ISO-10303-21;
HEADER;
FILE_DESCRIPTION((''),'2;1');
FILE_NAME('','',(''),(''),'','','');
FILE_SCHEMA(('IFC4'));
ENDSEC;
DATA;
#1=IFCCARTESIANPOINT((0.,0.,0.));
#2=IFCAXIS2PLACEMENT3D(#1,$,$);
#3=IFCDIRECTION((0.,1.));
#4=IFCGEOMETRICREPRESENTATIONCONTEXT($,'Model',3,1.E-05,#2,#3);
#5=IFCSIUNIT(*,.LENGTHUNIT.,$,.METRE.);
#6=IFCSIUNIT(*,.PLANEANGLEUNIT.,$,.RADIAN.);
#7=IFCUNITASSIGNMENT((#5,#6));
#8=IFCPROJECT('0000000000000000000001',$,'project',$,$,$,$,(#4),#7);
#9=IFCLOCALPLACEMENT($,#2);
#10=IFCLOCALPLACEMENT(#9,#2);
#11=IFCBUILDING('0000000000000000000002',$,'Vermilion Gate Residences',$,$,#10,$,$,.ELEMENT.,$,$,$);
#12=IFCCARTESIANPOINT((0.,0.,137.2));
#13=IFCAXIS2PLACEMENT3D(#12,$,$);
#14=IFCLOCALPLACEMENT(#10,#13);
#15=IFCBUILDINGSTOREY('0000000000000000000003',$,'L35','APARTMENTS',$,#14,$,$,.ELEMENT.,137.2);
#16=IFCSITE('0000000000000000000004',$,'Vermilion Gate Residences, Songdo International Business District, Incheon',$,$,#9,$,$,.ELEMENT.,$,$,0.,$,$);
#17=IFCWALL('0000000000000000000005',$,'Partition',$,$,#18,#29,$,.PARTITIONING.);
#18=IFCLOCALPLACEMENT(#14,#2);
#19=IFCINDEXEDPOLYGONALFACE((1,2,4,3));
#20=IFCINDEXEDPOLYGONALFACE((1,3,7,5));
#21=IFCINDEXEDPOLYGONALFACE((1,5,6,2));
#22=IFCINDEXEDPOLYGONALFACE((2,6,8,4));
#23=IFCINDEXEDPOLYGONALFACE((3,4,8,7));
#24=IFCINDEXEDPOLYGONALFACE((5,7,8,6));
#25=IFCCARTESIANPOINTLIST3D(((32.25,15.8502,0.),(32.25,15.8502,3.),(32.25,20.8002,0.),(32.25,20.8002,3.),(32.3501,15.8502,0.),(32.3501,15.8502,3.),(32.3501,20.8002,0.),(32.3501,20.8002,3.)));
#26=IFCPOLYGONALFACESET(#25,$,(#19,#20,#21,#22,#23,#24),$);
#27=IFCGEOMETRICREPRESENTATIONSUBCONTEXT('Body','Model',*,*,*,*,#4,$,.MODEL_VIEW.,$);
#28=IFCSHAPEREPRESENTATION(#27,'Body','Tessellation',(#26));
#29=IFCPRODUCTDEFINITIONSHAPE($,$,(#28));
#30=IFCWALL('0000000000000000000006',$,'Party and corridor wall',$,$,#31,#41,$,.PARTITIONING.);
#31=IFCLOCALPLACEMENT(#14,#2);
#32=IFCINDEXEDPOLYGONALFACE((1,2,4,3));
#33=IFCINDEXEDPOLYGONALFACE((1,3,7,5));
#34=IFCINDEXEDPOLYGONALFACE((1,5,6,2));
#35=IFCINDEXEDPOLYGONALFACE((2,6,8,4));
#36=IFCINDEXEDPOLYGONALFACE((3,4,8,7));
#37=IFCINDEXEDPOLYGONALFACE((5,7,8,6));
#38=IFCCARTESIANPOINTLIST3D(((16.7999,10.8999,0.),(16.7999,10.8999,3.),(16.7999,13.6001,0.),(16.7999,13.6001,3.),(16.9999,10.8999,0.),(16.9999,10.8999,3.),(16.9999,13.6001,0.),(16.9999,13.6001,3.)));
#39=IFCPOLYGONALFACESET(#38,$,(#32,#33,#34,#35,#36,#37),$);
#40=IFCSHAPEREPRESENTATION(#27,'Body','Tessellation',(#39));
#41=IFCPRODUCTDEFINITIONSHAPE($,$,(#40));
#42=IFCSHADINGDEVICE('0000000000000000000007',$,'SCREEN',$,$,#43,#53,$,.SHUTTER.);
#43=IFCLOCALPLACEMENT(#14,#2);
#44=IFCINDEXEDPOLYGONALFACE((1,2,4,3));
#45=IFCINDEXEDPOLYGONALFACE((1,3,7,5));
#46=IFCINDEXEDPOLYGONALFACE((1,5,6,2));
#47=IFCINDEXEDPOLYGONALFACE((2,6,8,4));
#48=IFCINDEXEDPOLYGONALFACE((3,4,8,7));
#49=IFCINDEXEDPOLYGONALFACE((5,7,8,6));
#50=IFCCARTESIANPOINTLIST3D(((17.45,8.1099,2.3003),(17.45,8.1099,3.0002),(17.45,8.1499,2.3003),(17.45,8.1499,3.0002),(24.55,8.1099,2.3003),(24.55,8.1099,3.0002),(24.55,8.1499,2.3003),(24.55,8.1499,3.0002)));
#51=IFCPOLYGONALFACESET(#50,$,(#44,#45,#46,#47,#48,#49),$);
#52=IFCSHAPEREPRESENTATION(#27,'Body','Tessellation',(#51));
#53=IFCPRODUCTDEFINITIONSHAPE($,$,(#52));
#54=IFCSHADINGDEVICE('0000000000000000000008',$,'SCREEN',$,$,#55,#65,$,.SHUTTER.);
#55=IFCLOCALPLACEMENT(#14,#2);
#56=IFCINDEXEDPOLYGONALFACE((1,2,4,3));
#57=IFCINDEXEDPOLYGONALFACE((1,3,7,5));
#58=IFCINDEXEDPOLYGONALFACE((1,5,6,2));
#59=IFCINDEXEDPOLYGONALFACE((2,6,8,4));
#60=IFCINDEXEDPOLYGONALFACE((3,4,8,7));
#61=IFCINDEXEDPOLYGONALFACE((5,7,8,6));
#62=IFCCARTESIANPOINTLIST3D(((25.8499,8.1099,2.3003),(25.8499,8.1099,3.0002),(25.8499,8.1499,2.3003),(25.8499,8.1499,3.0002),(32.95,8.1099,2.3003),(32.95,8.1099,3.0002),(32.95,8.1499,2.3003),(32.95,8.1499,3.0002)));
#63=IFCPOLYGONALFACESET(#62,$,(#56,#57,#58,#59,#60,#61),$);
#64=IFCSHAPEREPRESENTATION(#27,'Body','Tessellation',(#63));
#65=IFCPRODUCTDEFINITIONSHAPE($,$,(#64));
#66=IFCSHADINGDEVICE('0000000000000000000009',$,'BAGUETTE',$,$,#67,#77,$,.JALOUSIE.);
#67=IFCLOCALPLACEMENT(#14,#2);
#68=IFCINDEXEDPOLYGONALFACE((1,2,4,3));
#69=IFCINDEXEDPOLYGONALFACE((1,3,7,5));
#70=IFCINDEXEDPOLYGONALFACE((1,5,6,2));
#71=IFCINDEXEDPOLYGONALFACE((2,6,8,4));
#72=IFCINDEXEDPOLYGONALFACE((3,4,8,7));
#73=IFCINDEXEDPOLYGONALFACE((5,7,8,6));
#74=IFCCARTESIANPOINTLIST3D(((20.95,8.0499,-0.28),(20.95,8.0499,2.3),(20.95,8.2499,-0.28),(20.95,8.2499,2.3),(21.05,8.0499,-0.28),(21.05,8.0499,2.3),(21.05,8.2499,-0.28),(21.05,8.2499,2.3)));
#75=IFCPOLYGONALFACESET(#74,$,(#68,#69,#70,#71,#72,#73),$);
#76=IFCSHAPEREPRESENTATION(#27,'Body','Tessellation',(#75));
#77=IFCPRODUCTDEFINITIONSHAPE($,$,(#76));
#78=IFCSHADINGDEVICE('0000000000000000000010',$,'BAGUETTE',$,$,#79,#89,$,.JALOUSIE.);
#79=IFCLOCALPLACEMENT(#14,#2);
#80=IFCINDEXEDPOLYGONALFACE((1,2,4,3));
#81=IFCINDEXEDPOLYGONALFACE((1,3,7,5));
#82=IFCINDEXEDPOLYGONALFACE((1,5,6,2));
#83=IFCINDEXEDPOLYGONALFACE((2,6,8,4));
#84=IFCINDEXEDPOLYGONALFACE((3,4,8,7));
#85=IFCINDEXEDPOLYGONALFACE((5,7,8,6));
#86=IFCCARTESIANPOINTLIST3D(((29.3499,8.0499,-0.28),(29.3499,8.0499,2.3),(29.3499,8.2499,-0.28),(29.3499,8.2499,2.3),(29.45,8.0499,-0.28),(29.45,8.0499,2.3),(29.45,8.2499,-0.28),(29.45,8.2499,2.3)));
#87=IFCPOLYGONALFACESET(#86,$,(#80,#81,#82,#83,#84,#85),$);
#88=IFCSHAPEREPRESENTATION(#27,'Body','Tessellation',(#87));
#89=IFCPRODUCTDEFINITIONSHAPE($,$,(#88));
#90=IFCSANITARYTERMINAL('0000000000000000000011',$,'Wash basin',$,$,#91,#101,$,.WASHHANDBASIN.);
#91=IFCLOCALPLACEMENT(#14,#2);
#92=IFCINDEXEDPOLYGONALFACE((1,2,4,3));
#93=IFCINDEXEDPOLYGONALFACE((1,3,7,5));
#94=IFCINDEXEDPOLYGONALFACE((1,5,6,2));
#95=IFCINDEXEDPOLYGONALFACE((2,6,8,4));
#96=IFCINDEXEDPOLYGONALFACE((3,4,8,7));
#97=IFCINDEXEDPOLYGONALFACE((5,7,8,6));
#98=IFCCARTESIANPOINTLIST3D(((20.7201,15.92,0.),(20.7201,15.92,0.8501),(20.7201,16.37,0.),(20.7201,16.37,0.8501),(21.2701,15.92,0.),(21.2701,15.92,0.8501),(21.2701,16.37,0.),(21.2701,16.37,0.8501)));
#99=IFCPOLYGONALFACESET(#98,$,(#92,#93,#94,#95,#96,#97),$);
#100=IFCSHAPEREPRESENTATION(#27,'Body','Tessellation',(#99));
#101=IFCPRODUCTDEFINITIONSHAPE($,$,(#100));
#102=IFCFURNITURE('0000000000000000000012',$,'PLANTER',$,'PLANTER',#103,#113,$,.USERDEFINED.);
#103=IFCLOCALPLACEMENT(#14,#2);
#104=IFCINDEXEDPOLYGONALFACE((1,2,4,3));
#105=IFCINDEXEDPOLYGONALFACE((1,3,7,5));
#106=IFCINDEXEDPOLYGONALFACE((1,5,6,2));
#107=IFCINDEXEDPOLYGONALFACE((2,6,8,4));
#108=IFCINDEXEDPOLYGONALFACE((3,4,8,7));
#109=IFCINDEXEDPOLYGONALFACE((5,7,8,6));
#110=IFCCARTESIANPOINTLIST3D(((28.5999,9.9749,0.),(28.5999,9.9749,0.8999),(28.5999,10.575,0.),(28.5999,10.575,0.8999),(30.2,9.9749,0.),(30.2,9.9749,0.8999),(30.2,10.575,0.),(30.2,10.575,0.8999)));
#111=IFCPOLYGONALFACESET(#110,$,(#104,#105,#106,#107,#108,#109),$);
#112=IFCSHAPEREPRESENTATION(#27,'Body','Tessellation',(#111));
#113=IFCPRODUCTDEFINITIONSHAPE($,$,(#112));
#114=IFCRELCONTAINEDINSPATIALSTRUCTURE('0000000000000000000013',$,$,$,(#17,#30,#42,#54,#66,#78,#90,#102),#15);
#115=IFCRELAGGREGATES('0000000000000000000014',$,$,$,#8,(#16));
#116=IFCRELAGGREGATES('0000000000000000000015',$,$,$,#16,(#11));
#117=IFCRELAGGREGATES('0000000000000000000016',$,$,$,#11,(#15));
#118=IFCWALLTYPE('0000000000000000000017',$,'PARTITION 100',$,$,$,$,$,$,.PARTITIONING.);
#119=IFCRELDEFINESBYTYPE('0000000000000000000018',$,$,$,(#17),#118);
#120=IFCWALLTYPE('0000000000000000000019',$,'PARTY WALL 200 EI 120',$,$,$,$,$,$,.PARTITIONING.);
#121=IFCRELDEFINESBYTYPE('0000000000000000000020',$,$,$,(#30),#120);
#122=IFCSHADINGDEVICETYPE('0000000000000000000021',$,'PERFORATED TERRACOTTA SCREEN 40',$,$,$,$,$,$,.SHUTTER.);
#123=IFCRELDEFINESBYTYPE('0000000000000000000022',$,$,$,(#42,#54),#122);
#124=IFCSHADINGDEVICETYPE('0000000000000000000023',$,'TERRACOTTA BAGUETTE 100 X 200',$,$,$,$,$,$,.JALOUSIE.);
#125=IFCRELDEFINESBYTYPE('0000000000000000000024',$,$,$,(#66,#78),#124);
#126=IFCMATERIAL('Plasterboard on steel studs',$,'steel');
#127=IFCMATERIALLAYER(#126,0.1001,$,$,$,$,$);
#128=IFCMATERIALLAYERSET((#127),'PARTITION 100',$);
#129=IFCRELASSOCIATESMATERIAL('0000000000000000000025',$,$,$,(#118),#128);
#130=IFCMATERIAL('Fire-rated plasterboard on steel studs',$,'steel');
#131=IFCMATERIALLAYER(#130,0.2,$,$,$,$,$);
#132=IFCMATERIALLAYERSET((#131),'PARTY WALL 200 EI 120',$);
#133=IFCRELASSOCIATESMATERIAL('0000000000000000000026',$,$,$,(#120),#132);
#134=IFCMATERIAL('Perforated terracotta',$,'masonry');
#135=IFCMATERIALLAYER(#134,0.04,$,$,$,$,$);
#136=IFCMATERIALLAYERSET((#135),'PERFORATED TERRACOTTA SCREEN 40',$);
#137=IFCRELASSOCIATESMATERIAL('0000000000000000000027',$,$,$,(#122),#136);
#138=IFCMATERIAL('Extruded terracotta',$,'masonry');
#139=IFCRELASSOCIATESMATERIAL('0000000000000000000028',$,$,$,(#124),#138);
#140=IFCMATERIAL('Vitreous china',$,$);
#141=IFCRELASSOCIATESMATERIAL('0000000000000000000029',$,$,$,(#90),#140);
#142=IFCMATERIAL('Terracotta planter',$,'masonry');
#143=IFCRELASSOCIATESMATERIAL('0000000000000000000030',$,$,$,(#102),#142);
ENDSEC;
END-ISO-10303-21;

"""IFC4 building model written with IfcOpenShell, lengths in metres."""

from ifc_helpers import new_model, si_unit, direction, frame, frame_2d, origin, origin_2d, place, context, subcontext, project, spatial, rectangle, extrude, material, layer, layer_set, material_profile, profile_set, type_object, element, save


model = new_model("IFC4")

# Units and contexts
model_context = context("Model", 3, precision=1e-05, world=origin(), true_north=direction((0.0, 1.0)))
body_context = subcontext(model_context, "Body", "Model", "MODEL_VIEW")
ifc_project = project(units=[si_unit("LENGTHUNIT", "METRE"), si_unit("PLANEANGLEUNIT", "RADIAN")], contexts=[model_context])

# Site, building, storey
site_placement = place(None, origin())
site = spatial("IfcSite", under=ifc_project, at=site_placement, Name="Vermilion Gate Residences, Songdo International Business District, Incheon", CompositionType="ELEMENT", RefElevation=0.0)
building_placement = place(site_placement, origin())
building = spatial("IfcBuilding", under=site, at=building_placement, Name="Vermilion Gate Residences", CompositionType="ELEMENT")
storey_placement = place(building_placement, frame((0.0, 0.0, 137.2)))
storey = spatial("IfcBuildingStorey", under=building, at=storey_placement, Name="L35", Description="APARTMENTS", CompositionType="ELEMENT", Elevation=137.2)

# Shared definitions
ifc_material_1 = material(Name="Plasterboard on steel studs", Category="steel")
ifc_layer_1 = layer(ifc_material_1, 0.1001)
ifc_layer_set_1 = layer_set([ifc_layer_1], Name="PARTITION 100")
wall_type_1 = type_object("IfcWallType", Name="PARTITION 100", PredefinedType="PARTITIONING", material=ifc_layer_set_1)

# Walls
wall_1_placement = place(storey_placement, frame((32.3, 15.8501, 0.0), z_axis=(0.0, 0.0, 1.0), x_axis=(0.0, 1.0, 0.0)))
element("IfcWall", 1, at=wall_1_placement, inside=storey, type_object=wall_type_1, Name="Partition", PredefinedType="PARTITIONING", context=body_context, shape_type="SweptSolid", body=[
    extrude(rectangle(XDim=4.95, YDim=0.1001, at=frame_2d((2.4751, 0.0))), origin(), (0.0, 0.0, 1.0), 3.0),
])
ifc_material_2 = material(Name="Fire-rated plasterboard on steel studs", Category="steel")
ifc_layer_2 = layer(ifc_material_2, 0.2)
ifc_layer_set_2 = layer_set([ifc_layer_2], Name="PARTY WALL 200 EI 120")
wall_type_2 = type_object("IfcWallType", Name="PARTY WALL 200 EI 120", PredefinedType="PARTITIONING", material=ifc_layer_set_2)
wall_2_placement = place(storey_placement, frame((16.8999, 10.8999, 0.0), z_axis=(0.0, 0.0, 1.0), x_axis=(0.0, 1.0, 0.0)))
element("IfcWall", 2, at=wall_2_placement, inside=storey, type_object=wall_type_2, Name="Party and corridor wall", PredefinedType="PARTITIONING", context=body_context, shape_type="SweptSolid", body=[
    extrude(rectangle(XDim=2.7002, YDim=0.2, at=frame_2d((1.3501, 0.0))), origin(), (0.0, 0.0, 1.0), 3.0),
])

# Shading devices
ifc_material_3 = material(Name="Perforated terracotta", Category="masonry")
ifc_layer_3 = layer(ifc_material_3, 0.04)
ifc_layer_set_3 = layer_set([ifc_layer_3], Name="PERFORATED TERRACOTTA SCREEN 40")
shading_device_type_1 = type_object("IfcShadingDeviceType", Name="PERFORATED TERRACOTTA SCREEN 40", PredefinedType="SHUTTER", material=ifc_layer_set_3)
for number, where, z_axis, x_axis, name in (
    (3, (21.0, 8.1299, 2.3003), (0.0, 0.0, 1.0), (1.0, 0.0, 0.0), "SCREEN"),
    (4, (29.3999, 8.1299, 2.3003), (0.0, 0.0, 1.0), (1.0, 0.0, 0.0), "SCREEN"),
):
    element("IfcShadingDevice", number, at=place(storey_placement, frame(where, z_axis=z_axis, x_axis=x_axis)), inside=storey, type_object=shading_device_type_1, Name=name, PredefinedType="SHUTTER", context=body_context, shape_type="SweptSolid", body=[
        extrude(rectangle(XDim=7.1001, YDim=0.04, at=origin_2d()), origin(), (0.0, 0.0, 1.0), 0.7),
    ])
ifc_material_4 = material(Name="Extruded terracotta", Category="masonry")
ifc_material_profile_1 = material_profile(ifc_material_4, rectangle(XDim=0.2, YDim=0.1001, at=origin_2d()), Name="BAGUETTE 100 X 200")
ifc_profile_set_1 = profile_set([ifc_material_profile_1], Name="Extruded terracotta")
shading_device_type_2 = type_object("IfcShadingDeviceType", Name="TERRACOTTA BAGUETTE 100 X 200", PredefinedType="JALOUSIE", material=ifc_profile_set_1)
for number, where, z_axis, x_axis, name in (
    (5, (21.0, 8.1499, -0.28), (0.0, 0.0, 1.0), (0.0, 1.0, 0.0), "BAGUETTE"),
    (6, (29.3999, 8.1499, -0.28), (0.0, 0.0, 1.0), (0.0, 1.0, 0.0), "BAGUETTE"),
):
    element("IfcShadingDevice", number, at=place(storey_placement, frame(where, z_axis=z_axis, x_axis=x_axis)), inside=storey, type_object=shading_device_type_2, Name=name, PredefinedType="JALOUSIE", context=body_context, shape_type="SweptSolid", body=[
        extrude(rectangle(XDim=0.2, YDim=0.1001, at=origin_2d()), origin(), (0.0, 0.0, 1.0), 2.5801),
    ])

# Sanitary terminal
ifc_material_5 = material(Name="Vitreous china")
sanitary_terminal_placement = place(storey_placement, frame((20.9951, 16.145, 0.0), z_axis=(0.0, 0.0, 1.0), x_axis=(1.0, 0.0, 0.0)))
element("IfcSanitaryTerminal", 7, at=sanitary_terminal_placement, inside=storey, material=ifc_material_5, Name="Wash basin", PredefinedType="WASHHANDBASIN", context=body_context, shape_type="SweptSolid", body=[
    extrude(rectangle(XDim=0.55, YDim=0.45, at=origin_2d()), origin(), (0.0, 0.0, 1.0), 0.8501),
])

# Furniture
ifc_material_6 = material(Name="Terracotta planter", Category="masonry")
furniture_placement = place(storey_placement, frame((29.3999, 10.2749, 0.0), z_axis=(0.0, 0.0, 1.0), x_axis=(1.0, 0.0, 0.0)))
element("IfcFurniture", 8, at=furniture_placement, inside=storey, material=ifc_material_6, Name="PLANTER", ObjectType="PLANTER", PredefinedType="USERDEFINED", context=body_context, shape_type="SweptSolid", body=[
    extrude(rectangle(XDim=1.6001, YDim=0.6001, at=origin_2d()), origin(), (0.0, 0.0, 1.0), 0.8999),
])

save(model, "model.ifc")
